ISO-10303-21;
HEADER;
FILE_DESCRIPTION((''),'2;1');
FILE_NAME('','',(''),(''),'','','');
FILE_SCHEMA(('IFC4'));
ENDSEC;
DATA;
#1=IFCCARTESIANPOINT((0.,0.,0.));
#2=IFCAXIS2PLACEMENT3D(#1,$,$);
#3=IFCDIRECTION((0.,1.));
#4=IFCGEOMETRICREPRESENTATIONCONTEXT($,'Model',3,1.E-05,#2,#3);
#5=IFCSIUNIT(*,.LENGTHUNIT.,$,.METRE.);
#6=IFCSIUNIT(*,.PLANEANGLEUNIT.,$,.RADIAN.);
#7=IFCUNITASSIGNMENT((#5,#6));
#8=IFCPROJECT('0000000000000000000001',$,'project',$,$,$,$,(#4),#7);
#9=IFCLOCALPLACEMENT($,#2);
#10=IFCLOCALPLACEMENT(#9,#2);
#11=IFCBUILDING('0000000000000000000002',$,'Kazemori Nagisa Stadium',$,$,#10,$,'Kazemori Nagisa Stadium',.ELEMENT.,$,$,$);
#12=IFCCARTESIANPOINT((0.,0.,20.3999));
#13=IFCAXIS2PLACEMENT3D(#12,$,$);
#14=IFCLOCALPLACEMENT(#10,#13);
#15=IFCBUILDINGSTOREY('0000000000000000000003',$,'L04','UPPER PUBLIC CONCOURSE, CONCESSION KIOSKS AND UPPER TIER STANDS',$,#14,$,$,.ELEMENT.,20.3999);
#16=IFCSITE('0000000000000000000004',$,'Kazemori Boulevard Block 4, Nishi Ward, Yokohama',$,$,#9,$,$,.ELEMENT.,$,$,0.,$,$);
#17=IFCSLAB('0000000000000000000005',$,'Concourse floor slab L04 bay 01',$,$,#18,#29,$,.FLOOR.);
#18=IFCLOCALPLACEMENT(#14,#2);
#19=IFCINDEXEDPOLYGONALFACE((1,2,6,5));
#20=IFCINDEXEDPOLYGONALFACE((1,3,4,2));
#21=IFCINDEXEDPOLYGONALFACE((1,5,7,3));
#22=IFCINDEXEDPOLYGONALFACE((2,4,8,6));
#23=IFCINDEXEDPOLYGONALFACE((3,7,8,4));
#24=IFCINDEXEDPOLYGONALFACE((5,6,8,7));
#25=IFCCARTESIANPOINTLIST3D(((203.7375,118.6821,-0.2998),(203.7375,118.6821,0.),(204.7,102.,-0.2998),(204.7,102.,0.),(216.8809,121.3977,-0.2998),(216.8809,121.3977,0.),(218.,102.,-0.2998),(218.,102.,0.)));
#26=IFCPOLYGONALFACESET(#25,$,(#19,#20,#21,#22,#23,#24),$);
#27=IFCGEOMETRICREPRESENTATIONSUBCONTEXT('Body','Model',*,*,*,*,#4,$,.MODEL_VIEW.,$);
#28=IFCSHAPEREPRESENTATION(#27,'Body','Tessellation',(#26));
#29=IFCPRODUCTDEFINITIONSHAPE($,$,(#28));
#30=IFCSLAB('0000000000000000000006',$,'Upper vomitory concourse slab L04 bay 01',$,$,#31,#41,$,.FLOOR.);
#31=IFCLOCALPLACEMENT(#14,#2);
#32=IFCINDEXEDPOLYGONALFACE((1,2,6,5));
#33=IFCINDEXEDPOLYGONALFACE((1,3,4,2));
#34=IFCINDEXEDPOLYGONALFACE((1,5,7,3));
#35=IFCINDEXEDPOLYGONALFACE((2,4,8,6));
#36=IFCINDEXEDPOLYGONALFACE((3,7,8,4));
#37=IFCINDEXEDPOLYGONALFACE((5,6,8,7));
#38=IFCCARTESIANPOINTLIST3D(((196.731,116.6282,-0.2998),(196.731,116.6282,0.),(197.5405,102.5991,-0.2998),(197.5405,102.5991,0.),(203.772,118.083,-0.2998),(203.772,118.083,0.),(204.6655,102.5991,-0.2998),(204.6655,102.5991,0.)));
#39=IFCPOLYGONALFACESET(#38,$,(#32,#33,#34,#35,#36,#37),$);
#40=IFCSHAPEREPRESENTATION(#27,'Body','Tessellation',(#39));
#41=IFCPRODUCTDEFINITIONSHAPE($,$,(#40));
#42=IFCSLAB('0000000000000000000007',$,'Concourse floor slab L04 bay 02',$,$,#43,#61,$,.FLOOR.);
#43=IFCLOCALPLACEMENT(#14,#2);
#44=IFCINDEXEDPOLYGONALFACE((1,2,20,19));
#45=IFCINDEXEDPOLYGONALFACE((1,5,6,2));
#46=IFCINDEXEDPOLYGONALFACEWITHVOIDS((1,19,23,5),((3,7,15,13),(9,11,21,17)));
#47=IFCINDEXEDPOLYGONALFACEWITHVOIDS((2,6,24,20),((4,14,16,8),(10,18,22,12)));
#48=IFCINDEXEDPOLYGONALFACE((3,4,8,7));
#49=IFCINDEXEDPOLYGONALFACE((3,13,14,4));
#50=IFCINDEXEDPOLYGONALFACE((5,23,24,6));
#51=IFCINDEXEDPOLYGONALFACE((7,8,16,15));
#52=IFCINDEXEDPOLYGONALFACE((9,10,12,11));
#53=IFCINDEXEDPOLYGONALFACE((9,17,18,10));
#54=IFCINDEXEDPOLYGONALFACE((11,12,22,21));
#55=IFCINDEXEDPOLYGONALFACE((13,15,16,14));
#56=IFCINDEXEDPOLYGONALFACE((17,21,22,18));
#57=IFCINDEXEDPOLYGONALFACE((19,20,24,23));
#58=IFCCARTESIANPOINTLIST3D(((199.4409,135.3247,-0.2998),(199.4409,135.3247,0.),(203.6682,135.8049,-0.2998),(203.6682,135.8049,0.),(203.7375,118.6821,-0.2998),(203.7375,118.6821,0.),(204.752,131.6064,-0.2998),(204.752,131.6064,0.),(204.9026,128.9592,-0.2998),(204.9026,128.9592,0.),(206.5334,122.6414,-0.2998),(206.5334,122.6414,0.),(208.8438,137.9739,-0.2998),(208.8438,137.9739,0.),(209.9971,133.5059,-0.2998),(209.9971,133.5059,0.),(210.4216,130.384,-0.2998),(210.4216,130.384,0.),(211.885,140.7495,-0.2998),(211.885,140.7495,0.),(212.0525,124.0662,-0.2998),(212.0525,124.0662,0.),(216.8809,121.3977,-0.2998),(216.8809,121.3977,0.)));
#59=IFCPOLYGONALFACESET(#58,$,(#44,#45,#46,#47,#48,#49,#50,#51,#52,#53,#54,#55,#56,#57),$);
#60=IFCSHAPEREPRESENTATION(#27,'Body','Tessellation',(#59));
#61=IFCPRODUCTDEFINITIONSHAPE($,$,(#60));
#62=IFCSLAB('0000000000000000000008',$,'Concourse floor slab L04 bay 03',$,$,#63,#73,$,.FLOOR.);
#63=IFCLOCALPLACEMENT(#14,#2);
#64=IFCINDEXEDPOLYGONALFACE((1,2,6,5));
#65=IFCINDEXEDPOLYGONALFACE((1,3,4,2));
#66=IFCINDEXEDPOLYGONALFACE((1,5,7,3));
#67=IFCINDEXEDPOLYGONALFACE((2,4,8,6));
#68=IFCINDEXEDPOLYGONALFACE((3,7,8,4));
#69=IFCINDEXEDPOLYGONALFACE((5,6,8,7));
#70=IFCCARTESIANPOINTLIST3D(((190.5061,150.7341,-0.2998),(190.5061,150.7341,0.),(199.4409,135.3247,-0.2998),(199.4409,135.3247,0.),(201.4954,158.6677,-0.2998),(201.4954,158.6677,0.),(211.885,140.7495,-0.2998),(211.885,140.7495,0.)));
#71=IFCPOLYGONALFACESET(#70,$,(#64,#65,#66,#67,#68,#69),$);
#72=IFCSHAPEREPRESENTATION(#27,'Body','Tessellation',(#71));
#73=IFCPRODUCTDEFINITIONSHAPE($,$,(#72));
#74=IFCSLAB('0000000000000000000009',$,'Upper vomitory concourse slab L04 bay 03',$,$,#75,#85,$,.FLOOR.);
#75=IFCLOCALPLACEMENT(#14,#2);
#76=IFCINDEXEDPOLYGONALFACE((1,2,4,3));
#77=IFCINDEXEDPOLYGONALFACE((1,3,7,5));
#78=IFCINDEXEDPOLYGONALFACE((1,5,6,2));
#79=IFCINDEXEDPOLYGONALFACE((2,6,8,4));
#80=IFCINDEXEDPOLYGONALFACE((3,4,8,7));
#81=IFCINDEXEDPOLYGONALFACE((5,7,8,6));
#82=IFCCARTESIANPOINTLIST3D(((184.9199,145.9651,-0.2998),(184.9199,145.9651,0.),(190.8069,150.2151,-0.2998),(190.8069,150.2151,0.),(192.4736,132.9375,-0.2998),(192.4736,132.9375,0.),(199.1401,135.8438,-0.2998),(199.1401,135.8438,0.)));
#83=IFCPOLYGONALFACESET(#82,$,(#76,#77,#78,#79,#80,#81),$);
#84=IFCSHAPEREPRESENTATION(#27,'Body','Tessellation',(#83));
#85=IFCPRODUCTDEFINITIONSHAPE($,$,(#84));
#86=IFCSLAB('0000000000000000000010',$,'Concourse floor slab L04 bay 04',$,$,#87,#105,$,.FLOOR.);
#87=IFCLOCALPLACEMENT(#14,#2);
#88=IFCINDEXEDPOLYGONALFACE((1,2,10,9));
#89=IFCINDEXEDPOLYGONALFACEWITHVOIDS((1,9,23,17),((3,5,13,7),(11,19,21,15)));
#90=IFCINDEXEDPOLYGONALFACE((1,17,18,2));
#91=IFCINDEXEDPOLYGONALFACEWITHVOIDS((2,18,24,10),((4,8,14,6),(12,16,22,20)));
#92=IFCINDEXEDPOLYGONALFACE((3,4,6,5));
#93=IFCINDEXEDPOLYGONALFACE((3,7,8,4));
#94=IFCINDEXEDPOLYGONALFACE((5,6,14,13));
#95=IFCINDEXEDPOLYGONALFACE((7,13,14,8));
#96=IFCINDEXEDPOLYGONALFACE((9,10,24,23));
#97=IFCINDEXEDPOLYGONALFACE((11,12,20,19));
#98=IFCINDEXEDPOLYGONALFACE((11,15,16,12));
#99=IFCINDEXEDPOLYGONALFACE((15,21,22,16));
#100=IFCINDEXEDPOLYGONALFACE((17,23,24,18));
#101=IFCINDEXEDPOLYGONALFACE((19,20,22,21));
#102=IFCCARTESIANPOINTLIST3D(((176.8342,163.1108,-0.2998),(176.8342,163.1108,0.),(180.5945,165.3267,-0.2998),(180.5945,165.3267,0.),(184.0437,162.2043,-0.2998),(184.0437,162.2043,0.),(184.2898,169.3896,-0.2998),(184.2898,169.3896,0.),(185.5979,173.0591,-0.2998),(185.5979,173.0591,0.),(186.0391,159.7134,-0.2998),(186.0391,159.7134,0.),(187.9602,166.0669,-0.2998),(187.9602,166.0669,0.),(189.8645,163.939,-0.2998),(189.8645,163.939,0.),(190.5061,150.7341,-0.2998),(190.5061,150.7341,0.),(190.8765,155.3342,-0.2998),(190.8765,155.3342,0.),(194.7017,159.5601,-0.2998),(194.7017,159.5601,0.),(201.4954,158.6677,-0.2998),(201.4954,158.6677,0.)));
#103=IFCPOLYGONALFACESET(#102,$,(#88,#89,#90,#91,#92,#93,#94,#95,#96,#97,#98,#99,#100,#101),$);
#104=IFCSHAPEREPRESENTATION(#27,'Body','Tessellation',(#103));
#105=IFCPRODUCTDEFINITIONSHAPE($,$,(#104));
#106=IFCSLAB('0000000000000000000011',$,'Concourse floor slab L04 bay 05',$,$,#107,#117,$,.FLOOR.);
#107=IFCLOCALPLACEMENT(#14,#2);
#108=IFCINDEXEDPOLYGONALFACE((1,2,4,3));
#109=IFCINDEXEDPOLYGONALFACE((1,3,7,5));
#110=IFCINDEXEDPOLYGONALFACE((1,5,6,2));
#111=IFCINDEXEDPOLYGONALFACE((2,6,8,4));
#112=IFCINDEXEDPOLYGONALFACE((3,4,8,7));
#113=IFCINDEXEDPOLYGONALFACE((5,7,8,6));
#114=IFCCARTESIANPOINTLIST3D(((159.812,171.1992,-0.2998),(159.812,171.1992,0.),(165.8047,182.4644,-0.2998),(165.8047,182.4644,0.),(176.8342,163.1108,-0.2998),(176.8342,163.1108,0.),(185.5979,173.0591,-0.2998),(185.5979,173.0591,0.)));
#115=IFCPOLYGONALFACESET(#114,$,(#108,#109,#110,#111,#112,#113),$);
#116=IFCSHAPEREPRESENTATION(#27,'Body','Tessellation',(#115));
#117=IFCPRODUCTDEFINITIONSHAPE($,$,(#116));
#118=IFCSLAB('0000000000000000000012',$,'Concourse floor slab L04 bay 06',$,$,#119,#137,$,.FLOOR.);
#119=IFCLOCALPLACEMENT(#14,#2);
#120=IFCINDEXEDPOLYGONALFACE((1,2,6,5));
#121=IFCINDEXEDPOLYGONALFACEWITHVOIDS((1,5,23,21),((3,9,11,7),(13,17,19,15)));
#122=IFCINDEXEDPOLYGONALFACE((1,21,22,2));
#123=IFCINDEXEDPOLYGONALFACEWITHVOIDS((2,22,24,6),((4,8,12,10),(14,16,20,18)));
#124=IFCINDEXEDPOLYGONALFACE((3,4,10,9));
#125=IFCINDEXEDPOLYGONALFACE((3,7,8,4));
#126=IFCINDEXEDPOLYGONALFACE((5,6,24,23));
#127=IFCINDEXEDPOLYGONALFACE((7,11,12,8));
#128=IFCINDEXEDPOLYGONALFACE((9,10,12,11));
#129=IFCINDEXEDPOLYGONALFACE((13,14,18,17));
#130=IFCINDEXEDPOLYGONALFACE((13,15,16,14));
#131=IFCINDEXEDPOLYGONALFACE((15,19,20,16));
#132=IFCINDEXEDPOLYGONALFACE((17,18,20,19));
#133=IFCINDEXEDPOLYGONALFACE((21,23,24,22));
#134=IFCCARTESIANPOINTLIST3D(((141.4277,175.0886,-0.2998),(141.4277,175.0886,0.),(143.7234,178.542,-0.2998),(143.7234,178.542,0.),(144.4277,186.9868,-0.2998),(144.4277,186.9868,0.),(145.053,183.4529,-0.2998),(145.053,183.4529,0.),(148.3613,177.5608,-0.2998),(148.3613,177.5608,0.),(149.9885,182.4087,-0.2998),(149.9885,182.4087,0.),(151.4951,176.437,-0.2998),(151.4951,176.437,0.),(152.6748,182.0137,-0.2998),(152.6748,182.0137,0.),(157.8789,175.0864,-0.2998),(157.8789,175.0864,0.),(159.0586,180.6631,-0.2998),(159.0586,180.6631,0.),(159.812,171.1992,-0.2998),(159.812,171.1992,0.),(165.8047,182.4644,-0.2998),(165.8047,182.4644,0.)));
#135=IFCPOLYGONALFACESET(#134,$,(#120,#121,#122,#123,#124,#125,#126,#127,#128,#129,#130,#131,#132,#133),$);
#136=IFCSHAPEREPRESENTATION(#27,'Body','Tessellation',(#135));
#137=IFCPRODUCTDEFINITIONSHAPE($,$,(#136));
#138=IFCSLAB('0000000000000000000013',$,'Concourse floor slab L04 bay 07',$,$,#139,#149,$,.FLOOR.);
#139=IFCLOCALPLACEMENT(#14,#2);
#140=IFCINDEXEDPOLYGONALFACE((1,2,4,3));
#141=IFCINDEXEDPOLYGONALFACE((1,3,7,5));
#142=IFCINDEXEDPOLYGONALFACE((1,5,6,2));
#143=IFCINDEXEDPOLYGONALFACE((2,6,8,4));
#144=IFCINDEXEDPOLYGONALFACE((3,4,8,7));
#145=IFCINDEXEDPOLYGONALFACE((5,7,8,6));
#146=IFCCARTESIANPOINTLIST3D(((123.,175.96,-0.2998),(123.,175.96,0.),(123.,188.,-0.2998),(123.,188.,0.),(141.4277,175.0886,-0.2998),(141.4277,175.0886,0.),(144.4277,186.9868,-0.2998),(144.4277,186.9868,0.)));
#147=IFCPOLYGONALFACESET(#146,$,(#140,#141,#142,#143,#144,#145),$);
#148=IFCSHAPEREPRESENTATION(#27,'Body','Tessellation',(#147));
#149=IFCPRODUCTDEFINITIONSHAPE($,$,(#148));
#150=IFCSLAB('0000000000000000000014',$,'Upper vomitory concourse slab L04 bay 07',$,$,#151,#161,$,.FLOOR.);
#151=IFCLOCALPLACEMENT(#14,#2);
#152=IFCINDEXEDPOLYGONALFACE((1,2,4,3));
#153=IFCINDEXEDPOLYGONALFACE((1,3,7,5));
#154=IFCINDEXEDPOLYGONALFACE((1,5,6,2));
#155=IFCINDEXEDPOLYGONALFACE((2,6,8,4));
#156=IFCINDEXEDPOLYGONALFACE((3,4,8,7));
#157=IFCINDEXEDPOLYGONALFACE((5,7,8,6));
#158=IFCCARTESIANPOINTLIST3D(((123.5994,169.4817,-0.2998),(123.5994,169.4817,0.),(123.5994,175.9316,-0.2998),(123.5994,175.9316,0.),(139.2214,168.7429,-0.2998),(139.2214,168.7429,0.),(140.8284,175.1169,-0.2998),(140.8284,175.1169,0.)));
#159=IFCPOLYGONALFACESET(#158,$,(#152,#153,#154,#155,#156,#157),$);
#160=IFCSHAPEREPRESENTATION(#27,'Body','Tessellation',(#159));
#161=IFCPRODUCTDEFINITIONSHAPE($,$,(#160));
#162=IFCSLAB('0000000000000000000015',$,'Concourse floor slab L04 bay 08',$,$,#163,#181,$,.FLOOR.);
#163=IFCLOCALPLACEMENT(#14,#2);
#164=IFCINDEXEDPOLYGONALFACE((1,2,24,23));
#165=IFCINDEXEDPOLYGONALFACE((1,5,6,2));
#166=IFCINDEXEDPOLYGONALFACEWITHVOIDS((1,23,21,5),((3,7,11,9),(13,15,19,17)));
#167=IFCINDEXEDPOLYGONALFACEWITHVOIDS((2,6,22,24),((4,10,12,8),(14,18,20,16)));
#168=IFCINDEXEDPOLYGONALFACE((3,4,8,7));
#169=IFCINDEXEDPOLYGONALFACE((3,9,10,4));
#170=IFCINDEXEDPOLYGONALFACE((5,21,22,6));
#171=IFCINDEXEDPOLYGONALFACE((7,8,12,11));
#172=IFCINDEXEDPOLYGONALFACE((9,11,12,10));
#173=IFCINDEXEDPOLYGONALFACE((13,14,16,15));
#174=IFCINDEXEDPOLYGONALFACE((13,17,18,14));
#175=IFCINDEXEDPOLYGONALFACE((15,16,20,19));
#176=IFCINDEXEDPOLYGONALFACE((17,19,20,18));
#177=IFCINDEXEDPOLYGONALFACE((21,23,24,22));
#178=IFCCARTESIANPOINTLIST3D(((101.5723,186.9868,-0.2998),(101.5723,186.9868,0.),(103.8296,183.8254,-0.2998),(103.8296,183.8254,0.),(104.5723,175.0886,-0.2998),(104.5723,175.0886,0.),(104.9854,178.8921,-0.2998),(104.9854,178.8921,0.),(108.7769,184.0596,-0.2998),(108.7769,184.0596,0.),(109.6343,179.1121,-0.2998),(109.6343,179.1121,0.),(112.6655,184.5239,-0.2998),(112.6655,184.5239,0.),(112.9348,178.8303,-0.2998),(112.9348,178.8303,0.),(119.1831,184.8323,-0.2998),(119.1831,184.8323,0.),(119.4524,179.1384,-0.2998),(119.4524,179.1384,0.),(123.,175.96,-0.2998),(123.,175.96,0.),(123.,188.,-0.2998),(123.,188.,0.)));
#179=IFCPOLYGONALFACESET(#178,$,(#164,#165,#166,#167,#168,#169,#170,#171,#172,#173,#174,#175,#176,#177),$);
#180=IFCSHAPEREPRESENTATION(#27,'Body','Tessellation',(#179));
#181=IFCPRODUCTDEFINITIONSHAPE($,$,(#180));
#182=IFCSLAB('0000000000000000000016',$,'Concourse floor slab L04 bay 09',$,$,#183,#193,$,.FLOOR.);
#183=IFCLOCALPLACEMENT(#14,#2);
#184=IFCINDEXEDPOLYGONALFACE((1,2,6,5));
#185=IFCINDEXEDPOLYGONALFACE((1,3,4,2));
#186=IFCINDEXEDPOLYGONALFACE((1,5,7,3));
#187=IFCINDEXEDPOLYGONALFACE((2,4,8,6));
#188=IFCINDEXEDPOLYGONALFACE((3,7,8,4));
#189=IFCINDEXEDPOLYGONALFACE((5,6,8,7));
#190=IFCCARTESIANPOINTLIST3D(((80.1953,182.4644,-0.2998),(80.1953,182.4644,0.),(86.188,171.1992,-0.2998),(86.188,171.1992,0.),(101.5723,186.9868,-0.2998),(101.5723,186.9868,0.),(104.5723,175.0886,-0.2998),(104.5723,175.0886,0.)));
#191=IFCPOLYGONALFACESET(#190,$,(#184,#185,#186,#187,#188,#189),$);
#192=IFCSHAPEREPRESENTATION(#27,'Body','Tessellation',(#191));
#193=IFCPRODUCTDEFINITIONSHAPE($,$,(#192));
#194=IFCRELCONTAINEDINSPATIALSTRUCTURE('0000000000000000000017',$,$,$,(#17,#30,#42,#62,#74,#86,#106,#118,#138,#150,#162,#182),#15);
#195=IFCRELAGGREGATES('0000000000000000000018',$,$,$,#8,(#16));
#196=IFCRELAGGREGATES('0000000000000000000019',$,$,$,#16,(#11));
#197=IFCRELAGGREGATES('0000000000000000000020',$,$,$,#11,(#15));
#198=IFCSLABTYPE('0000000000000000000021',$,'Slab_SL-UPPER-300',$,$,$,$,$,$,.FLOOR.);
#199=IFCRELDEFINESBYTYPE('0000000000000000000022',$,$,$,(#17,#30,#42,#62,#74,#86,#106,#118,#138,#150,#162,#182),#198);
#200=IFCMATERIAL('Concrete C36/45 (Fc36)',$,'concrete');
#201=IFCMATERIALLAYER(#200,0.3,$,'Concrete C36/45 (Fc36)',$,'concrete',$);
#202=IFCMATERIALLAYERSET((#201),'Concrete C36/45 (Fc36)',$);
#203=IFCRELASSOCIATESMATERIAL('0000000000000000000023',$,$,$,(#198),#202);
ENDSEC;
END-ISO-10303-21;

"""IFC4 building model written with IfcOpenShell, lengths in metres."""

from ifc_helpers import new_model, si_unit, direction, frame, origin, place, context, subcontext, project, spatial, polyline, outline, extrude, material, layer, layer_set, type_object, element, save


model = new_model("IFC4")

# Units and contexts
model_context = context("Model", 3, precision=1e-05, world=origin(), true_north=direction((0.0, 1.0)))
body_context = subcontext(model_context, "Body", "Model", "MODEL_VIEW")
ifc_project = project(units=[si_unit("LENGTHUNIT", "METRE"), si_unit("PLANEANGLEUNIT", "RADIAN")], contexts=[model_context])

# Site, building, storey
site_placement = place(None, origin())
site = spatial("IfcSite", under=ifc_project, at=site_placement, Name="Kazemori Boulevard Block 4, Nishi Ward, Yokohama", CompositionType="ELEMENT", RefElevation=0.0)
building_placement = place(site_placement, origin())
building = spatial("IfcBuilding", under=site, at=building_placement, Name="Kazemori Nagisa Stadium", LongName="Kazemori Nagisa Stadium", CompositionType="ELEMENT")
storey_placement = place(building_placement, frame((0.0, 0.0, 20.3999)))
storey = spatial("IfcBuildingStorey", under=building, at=storey_placement, Name="L04", Description="UPPER PUBLIC CONCOURSE, CONCESSION KIOSKS AND UPPER TIER STANDS", CompositionType="ELEMENT", Elevation=20.3999)

# Slabs
ifc_material = material(Name="Concrete C36/45 (Fc36)", Category="concrete")
ifc_layer = layer(ifc_material, 0.3, Name="Concrete C36/45 (Fc36)", Category="concrete")
ifc_layer_set = layer_set([ifc_layer], Name="Concrete C36/45 (Fc36)")
slab_type = type_object("IfcSlabType", Name="Slab_SL-UPPER-300", PredefinedType="FLOOR", material=ifc_layer_set)
slab_1_placement = place(storey_placement, frame((0.0, 0.0, -0.2998)))
element("IfcSlab", 1, at=slab_1_placement, inside=storey, type_object=slab_type, Name="Concourse floor slab L04 bay 01", PredefinedType="FLOOR", context=body_context, shape_type="SweptSolid", body=[
    extrude(outline(polyline([(204.7, 102.0), (203.7375, 118.6821), (216.8809, 121.3977), (218.0, 102.0), (204.7, 102.0)])), origin(), (0.0, 0.0, 1.0), 0.2998),
])
slab_2_placement = place(storey_placement, frame((0.0, 0.0, -0.2998)))
element("IfcSlab", 2, at=slab_2_placement, inside=storey, type_object=slab_type, Name="Upper vomitory concourse slab L04 bay 01", PredefinedType="FLOOR", context=body_context, shape_type="SweptSolid", body=[
    extrude(outline(polyline([(197.5405, 102.5991), (196.731, 116.6282), (203.772, 118.083), (204.6655, 102.5991), (197.5405, 102.5991)])), origin(), (0.0, 0.0, 1.0), 0.2998),
])
slab_3_placement = place(storey_placement, frame((0.0, 0.0, -0.2998)))
element("IfcSlab", 3, at=slab_3_placement, inside=storey, type_object=slab_type, Name="Concourse floor slab L04 bay 02", PredefinedType="FLOOR", context=body_context, shape_type="SweptSolid", body=[
    extrude(outline(polyline([(203.7375, 118.6821), (199.4409, 135.3247), (211.885, 140.7495), (216.8809, 121.3977), (203.7375, 118.6821)]), holes=[polyline([(206.5334, 122.6414), (204.9026, 128.9592), (210.4216, 130.384), (212.0525, 124.0662), (206.5334, 122.6414)]), polyline([(204.752, 131.6064), (203.6682, 135.8049), (208.8438, 137.9739), (209.9971, 133.5059), (204.752, 131.6064)])]), origin(), (0.0, 0.0, 1.0), 0.2998),
])
slab_4_placement = place(storey_placement, frame((0.0, 0.0, -0.2998)))
element("IfcSlab", 4, at=slab_4_placement, inside=storey, type_object=slab_type, Name="Concourse floor slab L04 bay 03", PredefinedType="FLOOR", context=body_context, shape_type="SweptSolid", body=[
    extrude(outline(polyline([(199.4409, 135.3247), (190.5061, 150.7341), (201.4954, 158.6677), (211.885, 140.7495), (199.4409, 135.3247)])), origin(), (0.0, 0.0, 1.0), 0.2998),
])
slab_5_placement = place(storey_placement, frame((0.0, 0.0, -0.2998)))
element("IfcSlab", 5, at=slab_5_placement, inside=storey, type_object=slab_type, Name="Upper vomitory concourse slab L04 bay 03", PredefinedType="FLOOR", context=body_context, shape_type="SweptSolid", body=[
    extrude(outline(polyline([(192.4736, 132.9375), (184.9199, 145.9651), (190.8069, 150.2151), (199.1401, 135.8438), (192.4736, 132.9375)])), origin(), (0.0, 0.0, 1.0), 0.2998),
])
slab_6_placement = place(storey_placement, frame((0.0, 0.0, -0.2998)))
element("IfcSlab", 6, at=slab_6_placement, inside=storey, type_object=slab_type, Name="Concourse floor slab L04 bay 04", PredefinedType="FLOOR", context=body_context, shape_type="SweptSolid", body=[
    extrude(outline(polyline([(190.5061, 150.7341), (176.8342, 163.1108), (185.5979, 173.0591), (201.4954, 158.6677), (190.5061, 150.7341)]), holes=[polyline([(190.8765, 155.3342), (186.0391, 159.7134), (189.8645, 163.939), (194.7017, 159.5601), (190.8765, 155.3342)]), polyline([(184.0437, 162.2043), (180.5945, 165.3267), (184.2898, 169.3896), (187.9602, 166.0669), (184.0437, 162.2043)])]), origin(), (0.0, 0.0, 1.0), 0.2998),
])
slab_7_placement = place(storey_placement, frame((0.0, 0.0, -0.2998)))
element("IfcSlab", 7, at=slab_7_placement, inside=storey, type_object=slab_type, Name="Concourse floor slab L04 bay 05", PredefinedType="FLOOR", context=body_context, shape_type="SweptSolid", body=[
    extrude(outline(polyline([(176.8342, 163.1108), (159.812, 171.1992), (165.8047, 182.4644), (185.5979, 173.0591), (176.8342, 163.1108)])), origin(), (0.0, 0.0, 1.0), 0.2998),
])
slab_8_placement = place(storey_placement, frame((0.0, 0.0, -0.2998)))
element("IfcSlab", 8, at=slab_8_placement, inside=storey, type_object=slab_type, Name="Concourse floor slab L04 bay 06", PredefinedType="FLOOR", context=body_context, shape_type="SweptSolid", body=[
    extrude(outline(polyline([(159.812, 171.1992), (141.4277, 175.0886), (144.4277, 186.9868), (165.8047, 182.4644), (159.812, 171.1992)]), holes=[polyline([(157.8789, 175.0864), (151.4951, 176.437), (152.6748, 182.0137), (159.0586, 180.6631), (157.8789, 175.0864)]), polyline([(148.3613, 177.5608), (143.7234, 178.542), (145.053, 183.4529), (149.9885, 182.4087), (148.3613, 177.5608)])]), origin(), (0.0, 0.0, 1.0), 0.2998),
])
slab_9_placement = place(storey_placement, frame((0.0, 0.0, -0.2998)))
element("IfcSlab", 9, at=slab_9_placement, inside=storey, type_object=slab_type, Name="Concourse floor slab L04 bay 07", PredefinedType="FLOOR", context=body_context, shape_type="SweptSolid", body=[
    extrude(outline(polyline([(141.4277, 175.0886), (123.0, 175.96), (123.0, 188.0), (144.4277, 186.9868), (141.4277, 175.0886)])), origin(), (0.0, 0.0, 1.0), 0.2998),
])
slab_10_placement = place(storey_placement, frame((0.0, 0.0, -0.2998)))
element("IfcSlab", 10, at=slab_10_placement, inside=storey, type_object=slab_type, Name="Upper vomitory concourse slab L04 bay 07", PredefinedType="FLOOR", context=body_context, shape_type="SweptSolid", body=[
    extrude(outline(polyline([(139.2214, 168.7429), (123.5994, 169.4817), (123.5994, 175.9316), (140.8284, 175.1169), (139.2214, 168.7429)])), origin(), (0.0, 0.0, 1.0), 0.2998),
])
slab_11_placement = place(storey_placement, frame((0.0, 0.0, -0.2998)))
element("IfcSlab", 11, at=slab_11_placement, inside=storey, type_object=slab_type, Name="Concourse floor slab L04 bay 08", PredefinedType="FLOOR", context=body_context, shape_type="SweptSolid", body=[
    extrude(outline(polyline([(123.0, 175.96), (104.5723, 175.0886), (101.5723, 186.9868), (123.0, 188.0), (123.0, 175.96)]), holes=[polyline([(119.4524, 179.1384), (112.9348, 178.8303), (112.6655, 184.5239), (119.1831, 184.8323), (119.4524, 179.1384)]), polyline([(109.6343, 179.1121), (104.9854, 178.8921), (103.8296, 183.8254), (108.7769, 184.0596), (109.6343, 179.1121)])]), origin(), (0.0, 0.0, 1.0), 0.2998),
])
slab_12_placement = place(storey_placement, frame((0.0, 0.0, -0.2998)))
element("IfcSlab", 12, at=slab_12_placement, inside=storey, type_object=slab_type, Name="Concourse floor slab L04 bay 09", PredefinedType="FLOOR", context=body_context, shape_type="SweptSolid", body=[
    extrude(outline(polyline([(104.5723, 175.0886), (86.188, 171.1992), (80.1953, 182.4644), (101.5723, 186.9868), (104.5723, 175.0886)])), origin(), (0.0, 0.0, 1.0), 0.2998),
])

save(model, "model.ifc")
